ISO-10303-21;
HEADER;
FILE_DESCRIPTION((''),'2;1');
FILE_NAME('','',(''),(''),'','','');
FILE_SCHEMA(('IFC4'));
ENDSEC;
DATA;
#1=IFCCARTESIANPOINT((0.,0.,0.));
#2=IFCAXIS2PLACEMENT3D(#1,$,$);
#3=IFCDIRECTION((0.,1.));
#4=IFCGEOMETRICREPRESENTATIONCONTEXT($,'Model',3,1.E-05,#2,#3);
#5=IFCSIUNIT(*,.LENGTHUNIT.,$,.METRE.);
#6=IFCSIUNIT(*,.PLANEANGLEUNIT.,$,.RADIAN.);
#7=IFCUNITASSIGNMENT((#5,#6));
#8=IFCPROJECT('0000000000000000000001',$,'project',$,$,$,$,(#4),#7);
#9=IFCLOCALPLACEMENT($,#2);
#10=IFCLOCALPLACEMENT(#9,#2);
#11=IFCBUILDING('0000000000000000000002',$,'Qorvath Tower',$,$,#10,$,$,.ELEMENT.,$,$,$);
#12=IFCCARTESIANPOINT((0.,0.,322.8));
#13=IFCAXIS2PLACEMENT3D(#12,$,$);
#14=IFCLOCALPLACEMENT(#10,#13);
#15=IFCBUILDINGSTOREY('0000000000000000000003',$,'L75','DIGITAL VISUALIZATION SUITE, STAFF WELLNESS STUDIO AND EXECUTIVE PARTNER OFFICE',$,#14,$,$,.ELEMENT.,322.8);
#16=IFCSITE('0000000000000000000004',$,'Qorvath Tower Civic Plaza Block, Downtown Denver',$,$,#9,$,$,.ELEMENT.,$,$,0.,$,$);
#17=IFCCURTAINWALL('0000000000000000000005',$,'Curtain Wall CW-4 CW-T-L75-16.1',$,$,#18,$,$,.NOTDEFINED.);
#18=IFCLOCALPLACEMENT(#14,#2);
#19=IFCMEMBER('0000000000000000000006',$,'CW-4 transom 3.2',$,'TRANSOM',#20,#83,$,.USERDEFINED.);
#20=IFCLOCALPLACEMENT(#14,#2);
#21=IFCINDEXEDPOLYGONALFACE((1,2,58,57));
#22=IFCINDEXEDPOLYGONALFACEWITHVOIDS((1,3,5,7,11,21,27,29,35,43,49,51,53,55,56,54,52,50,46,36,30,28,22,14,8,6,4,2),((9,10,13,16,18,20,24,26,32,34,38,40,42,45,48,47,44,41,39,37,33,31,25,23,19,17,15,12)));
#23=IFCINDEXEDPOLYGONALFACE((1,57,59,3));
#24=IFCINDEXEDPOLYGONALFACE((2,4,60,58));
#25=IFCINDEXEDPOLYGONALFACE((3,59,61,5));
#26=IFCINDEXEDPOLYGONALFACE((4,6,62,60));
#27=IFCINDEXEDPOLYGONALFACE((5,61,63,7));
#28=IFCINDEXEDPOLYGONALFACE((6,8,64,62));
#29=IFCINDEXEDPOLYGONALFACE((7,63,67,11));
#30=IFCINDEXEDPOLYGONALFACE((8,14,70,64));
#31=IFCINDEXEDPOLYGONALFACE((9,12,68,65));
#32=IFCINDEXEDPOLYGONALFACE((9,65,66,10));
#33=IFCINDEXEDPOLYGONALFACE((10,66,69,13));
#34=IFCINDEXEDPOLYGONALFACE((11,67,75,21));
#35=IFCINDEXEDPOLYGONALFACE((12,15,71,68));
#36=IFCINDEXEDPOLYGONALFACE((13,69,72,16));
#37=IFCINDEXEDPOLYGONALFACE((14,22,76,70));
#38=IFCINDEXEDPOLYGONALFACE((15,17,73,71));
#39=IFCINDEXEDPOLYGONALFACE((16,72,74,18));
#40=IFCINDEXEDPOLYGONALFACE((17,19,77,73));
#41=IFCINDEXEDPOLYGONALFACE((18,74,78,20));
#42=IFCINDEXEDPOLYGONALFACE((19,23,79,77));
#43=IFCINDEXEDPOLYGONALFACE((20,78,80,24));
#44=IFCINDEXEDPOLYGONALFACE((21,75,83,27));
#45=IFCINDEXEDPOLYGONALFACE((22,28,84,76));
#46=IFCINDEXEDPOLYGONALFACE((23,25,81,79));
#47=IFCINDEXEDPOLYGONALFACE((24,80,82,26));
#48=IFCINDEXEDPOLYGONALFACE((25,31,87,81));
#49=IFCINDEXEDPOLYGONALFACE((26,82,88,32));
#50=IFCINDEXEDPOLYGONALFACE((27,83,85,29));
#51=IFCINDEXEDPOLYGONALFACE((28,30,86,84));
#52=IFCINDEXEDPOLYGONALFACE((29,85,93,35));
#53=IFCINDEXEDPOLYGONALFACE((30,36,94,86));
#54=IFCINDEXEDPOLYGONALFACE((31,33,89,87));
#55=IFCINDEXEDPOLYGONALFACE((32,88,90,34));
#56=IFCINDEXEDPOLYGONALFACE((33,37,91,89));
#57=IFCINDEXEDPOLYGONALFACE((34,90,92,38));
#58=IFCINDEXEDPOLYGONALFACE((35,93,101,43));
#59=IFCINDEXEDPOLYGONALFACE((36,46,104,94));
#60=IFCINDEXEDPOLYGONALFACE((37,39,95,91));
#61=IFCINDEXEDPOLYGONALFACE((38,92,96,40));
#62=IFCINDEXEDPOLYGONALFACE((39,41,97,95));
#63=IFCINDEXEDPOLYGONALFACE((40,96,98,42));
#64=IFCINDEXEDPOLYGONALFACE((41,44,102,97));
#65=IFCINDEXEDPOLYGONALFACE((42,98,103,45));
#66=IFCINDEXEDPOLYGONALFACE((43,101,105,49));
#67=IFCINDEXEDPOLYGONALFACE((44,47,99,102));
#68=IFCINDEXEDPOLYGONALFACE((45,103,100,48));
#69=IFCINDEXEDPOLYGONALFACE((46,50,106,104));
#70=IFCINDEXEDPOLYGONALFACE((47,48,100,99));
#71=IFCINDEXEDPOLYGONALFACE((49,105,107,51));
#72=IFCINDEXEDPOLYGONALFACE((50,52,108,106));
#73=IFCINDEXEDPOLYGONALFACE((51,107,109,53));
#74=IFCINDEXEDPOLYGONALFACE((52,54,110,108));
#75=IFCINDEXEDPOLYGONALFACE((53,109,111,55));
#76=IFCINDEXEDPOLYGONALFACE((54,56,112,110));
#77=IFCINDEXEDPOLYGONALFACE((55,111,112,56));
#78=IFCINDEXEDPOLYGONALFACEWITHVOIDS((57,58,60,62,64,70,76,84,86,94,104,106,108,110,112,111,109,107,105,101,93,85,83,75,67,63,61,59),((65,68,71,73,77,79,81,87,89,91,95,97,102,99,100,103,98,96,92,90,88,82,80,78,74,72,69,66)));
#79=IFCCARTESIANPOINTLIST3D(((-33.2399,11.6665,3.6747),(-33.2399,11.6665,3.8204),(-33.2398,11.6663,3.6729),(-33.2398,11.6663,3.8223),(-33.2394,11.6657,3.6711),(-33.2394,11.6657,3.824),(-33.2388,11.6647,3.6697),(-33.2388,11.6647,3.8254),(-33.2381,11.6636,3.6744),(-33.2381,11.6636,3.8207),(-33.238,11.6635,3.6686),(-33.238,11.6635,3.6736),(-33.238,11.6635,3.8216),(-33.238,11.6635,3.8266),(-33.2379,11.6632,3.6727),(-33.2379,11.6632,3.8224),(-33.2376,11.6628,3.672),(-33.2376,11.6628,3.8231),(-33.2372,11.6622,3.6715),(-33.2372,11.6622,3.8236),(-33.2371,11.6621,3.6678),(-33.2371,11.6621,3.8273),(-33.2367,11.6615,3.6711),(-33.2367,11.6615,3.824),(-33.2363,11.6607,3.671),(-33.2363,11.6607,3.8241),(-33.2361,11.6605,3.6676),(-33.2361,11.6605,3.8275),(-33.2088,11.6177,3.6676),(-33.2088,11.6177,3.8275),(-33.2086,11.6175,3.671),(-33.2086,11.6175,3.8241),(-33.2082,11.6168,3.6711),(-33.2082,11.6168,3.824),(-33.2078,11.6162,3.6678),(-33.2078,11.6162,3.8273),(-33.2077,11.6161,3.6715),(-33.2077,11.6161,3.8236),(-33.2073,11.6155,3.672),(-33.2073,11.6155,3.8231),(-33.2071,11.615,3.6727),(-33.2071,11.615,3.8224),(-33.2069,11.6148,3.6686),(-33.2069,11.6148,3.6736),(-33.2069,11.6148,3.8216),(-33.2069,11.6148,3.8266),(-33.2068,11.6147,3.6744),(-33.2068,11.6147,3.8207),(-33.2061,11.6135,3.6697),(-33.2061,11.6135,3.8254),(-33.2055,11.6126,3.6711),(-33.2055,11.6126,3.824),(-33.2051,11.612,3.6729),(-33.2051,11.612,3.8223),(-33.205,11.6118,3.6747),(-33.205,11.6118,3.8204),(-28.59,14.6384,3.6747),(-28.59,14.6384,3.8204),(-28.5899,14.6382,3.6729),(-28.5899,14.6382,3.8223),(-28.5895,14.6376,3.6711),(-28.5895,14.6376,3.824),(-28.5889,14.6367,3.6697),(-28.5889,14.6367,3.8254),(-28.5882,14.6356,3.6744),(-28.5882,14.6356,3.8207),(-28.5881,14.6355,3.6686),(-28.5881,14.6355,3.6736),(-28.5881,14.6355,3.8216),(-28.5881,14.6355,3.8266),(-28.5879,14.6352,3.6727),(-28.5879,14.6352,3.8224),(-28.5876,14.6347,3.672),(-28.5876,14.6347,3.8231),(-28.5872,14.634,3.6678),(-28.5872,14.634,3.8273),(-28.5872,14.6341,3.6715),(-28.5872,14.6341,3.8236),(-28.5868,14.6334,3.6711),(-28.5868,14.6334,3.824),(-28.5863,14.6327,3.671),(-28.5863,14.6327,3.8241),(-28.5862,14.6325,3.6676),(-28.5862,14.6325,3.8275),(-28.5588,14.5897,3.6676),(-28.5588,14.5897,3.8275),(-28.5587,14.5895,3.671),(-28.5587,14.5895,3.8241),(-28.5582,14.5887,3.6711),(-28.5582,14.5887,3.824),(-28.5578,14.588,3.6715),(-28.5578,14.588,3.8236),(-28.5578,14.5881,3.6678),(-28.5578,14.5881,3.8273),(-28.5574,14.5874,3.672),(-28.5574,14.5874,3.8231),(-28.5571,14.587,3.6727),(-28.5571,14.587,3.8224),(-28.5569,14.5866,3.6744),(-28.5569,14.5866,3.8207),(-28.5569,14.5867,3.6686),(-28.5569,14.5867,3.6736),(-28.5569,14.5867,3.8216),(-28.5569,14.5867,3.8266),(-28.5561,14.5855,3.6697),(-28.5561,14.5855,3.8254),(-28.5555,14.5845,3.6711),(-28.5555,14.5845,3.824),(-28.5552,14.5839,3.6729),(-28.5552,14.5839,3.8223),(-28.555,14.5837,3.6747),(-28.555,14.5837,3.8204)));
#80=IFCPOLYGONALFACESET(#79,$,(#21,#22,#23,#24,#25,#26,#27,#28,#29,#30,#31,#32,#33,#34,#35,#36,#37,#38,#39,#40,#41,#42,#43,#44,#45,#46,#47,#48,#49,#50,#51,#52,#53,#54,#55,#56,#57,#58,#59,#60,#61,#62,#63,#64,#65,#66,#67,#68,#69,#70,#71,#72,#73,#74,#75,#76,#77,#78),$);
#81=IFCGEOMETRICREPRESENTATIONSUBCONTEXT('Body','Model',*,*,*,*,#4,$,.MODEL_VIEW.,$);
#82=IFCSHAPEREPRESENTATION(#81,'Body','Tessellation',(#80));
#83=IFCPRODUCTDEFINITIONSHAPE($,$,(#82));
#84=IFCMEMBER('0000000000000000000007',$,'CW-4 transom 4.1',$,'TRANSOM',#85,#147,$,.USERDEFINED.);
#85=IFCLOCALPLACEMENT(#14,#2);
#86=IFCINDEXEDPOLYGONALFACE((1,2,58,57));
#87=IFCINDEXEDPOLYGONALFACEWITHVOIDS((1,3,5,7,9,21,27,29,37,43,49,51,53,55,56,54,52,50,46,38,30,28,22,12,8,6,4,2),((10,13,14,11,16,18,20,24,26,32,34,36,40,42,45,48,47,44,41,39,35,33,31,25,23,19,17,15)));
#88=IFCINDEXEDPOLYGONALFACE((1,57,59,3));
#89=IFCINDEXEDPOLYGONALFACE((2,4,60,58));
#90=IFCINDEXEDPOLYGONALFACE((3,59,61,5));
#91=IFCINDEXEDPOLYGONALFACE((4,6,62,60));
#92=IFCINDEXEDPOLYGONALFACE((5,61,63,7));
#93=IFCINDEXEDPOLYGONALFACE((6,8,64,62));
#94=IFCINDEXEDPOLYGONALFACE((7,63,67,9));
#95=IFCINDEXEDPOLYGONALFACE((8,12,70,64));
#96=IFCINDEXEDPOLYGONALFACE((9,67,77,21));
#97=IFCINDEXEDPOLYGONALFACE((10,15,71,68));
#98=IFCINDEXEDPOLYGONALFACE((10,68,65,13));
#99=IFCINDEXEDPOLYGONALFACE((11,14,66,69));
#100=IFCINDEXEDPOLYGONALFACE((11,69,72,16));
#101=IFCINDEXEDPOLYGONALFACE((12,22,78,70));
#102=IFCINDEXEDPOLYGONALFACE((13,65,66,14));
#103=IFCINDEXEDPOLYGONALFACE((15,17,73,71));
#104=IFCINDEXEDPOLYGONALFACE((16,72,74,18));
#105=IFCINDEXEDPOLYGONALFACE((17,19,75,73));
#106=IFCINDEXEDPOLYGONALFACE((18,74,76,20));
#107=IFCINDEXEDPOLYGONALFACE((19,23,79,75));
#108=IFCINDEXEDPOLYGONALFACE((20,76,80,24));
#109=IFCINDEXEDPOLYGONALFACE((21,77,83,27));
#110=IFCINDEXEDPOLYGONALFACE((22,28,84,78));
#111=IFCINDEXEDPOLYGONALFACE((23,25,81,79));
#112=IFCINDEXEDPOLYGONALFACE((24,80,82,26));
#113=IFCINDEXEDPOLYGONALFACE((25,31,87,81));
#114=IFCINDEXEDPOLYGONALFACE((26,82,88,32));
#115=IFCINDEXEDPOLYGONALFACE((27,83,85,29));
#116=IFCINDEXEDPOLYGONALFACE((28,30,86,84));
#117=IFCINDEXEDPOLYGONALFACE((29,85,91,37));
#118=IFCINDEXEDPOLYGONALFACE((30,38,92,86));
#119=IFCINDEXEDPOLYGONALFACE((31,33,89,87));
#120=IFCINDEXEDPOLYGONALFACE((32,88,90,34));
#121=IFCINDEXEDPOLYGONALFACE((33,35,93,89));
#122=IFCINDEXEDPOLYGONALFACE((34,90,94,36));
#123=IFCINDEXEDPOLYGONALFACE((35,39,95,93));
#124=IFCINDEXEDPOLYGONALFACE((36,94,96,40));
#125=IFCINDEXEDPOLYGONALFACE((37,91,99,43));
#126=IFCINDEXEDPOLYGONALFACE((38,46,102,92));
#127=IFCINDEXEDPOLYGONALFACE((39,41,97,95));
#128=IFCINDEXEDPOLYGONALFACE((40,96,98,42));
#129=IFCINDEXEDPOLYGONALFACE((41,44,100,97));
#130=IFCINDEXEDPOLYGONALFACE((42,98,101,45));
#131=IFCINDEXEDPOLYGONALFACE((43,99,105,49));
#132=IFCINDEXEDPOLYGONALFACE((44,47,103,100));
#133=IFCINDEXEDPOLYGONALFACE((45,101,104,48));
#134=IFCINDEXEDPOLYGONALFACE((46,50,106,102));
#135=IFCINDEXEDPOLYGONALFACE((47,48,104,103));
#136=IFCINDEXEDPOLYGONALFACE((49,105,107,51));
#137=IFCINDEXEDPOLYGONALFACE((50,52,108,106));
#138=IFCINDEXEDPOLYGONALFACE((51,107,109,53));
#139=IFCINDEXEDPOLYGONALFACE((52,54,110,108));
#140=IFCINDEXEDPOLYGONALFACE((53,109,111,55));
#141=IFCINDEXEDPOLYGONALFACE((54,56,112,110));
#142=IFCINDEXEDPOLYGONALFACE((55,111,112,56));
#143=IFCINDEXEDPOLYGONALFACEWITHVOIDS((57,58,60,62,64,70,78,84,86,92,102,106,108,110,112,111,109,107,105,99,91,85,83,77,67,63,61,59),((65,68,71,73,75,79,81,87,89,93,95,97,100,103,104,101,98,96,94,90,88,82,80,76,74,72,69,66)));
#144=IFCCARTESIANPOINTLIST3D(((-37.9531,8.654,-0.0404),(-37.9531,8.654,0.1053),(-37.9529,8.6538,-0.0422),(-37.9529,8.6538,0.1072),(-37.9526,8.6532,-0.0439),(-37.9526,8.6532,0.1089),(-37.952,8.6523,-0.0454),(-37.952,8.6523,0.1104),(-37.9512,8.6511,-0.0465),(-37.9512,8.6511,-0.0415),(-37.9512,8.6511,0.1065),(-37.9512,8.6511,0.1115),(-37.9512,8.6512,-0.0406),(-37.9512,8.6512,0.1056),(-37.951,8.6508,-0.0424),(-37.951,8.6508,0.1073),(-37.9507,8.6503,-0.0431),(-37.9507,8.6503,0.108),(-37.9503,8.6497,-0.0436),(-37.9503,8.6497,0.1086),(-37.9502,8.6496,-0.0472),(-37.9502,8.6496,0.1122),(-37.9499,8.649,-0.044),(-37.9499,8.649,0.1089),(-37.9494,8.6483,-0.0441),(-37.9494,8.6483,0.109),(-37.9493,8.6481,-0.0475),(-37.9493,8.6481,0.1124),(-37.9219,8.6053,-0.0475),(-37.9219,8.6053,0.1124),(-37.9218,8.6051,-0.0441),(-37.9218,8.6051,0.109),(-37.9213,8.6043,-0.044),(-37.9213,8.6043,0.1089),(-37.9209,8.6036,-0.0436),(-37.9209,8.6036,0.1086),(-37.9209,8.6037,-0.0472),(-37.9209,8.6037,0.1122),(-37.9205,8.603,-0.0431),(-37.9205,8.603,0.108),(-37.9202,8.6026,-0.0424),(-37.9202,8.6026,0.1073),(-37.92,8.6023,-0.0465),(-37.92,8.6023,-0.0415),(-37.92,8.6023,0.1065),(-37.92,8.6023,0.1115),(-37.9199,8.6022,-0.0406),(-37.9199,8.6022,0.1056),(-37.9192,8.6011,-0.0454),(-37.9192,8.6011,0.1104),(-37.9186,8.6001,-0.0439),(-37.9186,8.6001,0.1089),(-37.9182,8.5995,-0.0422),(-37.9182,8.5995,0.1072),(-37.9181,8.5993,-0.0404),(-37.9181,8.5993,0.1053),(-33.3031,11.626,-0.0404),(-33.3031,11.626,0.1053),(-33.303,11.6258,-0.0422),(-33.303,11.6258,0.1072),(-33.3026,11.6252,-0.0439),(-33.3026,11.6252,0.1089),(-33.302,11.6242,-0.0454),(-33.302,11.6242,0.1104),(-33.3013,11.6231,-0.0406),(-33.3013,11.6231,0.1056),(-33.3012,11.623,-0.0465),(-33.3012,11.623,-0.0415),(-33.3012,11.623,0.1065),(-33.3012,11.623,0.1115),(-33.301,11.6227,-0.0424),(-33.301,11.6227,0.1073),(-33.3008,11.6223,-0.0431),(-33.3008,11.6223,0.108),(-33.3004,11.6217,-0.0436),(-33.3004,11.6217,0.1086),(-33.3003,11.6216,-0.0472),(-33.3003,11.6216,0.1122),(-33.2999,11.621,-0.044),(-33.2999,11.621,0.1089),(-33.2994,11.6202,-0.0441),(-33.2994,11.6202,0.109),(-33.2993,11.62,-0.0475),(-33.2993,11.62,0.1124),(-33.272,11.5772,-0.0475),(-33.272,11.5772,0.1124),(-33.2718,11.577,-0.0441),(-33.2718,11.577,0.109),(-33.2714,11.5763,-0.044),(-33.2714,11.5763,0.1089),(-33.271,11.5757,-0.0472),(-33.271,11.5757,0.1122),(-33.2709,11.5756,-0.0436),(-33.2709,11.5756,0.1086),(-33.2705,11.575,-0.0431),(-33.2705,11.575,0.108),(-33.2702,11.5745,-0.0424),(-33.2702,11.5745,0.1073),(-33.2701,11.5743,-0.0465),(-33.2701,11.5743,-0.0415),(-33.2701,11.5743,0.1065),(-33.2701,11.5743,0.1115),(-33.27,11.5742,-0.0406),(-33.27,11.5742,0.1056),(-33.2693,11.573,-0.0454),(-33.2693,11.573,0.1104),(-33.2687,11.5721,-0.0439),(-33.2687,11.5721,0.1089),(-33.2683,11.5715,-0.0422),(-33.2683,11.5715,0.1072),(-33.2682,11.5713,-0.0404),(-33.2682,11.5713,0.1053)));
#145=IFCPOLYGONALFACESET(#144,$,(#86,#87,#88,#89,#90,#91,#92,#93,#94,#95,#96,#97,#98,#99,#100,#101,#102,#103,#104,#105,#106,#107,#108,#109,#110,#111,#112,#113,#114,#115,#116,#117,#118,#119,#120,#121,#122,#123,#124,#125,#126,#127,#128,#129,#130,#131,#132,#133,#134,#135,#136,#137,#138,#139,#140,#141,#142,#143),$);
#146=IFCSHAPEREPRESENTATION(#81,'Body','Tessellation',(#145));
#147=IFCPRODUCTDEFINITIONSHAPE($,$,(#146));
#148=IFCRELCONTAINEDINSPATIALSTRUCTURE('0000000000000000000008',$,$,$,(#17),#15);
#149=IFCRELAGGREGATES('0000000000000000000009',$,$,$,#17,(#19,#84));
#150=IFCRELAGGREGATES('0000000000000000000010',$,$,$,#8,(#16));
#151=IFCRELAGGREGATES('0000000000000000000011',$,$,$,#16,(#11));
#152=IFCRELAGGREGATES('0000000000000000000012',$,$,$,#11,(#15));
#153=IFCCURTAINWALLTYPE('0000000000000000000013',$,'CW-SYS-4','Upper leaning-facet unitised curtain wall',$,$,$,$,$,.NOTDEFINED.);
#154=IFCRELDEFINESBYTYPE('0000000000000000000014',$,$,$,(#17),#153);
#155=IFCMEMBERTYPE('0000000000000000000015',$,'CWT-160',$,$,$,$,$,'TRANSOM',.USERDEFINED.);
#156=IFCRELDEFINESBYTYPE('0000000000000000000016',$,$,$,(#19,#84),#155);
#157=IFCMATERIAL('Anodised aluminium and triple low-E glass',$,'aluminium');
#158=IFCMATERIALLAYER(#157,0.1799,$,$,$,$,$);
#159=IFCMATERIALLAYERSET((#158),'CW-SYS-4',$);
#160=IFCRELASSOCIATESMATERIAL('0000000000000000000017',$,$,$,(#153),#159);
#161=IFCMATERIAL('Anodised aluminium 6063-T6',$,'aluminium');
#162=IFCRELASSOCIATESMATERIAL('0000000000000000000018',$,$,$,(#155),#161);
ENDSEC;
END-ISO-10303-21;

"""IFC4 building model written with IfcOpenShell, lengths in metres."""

from ifc_helpers import new_model, si_unit, direction, frame, origin, origin_2d, place, context, subcontext, project, spatial, hollow_rectangle, extrude, material, layer, layer_set, material_profile, profile_set, type_object, element, aggregate, save


model = new_model("IFC4")

# Units and contexts
model_context = context("Model", 3, precision=1e-05, world=origin(), true_north=direction((0.0, 1.0)))
body_context = subcontext(model_context, "Body", "Model", "MODEL_VIEW")
ifc_project = project(units=[si_unit("LENGTHUNIT", "METRE"), si_unit("PLANEANGLEUNIT", "RADIAN")], contexts=[model_context])

# Site, building, storey
site_placement = place(None, origin())
site = spatial("IfcSite", under=ifc_project, at=site_placement, Name="Qorvath Tower Civic Plaza Block, Downtown Denver", CompositionType="ELEMENT", RefElevation=0.0)
building_placement = place(site_placement, origin())
building = spatial("IfcBuilding", under=site, at=building_placement, Name="Qorvath Tower", CompositionType="ELEMENT")
storey_placement = place(building_placement, frame((0.0, 0.0, 322.8)))
storey = spatial("IfcBuildingStorey", under=building, at=storey_placement, Name="L75", Description="DIGITAL VISUALIZATION SUITE, STAFF WELLNESS STUDIO AND EXECUTIVE PARTNER OFFICE", CompositionType="ELEMENT", Elevation=322.8)

# Curtain wall, members
ifc_material_1 = material(Name="Anodised aluminium and triple low-E glass", Category="aluminium")
ifc_layer_1 = layer(ifc_material_1, 0.1799)
ifc_layer_set_1 = layer_set([ifc_layer_1], Name="CW-SYS-4")
curtain_wall_type = type_object("IfcCurtainWallType", Name="CW-SYS-4", Description="Upper leaning-facet unitised curtain wall", PredefinedType="NOTDEFINED", material=ifc_layer_set_1)
curtain_wall_placement = place(storey_placement, origin())
curtain_wall = element("IfcCurtainWall", 1, at=curtain_wall_placement, inside=storey, type_object=curtain_wall_type, Name="Curtain Wall CW-4 CW-T-L75-16.1", PredefinedType="NOTDEFINED")
ifc_material_2 = material(Name="Anodised aluminium 6063-T6", Category="aluminium")
ifc_material_profile_1 = material_profile(ifc_material_2, hollow_rectangle(XDim=0.0649, YDim=0.1599, WallThickness=0.0034, InnerFilletRadius=0.0034, OuterFilletRadius=0.0071, at=origin_2d()), Name="CWT 160x65")
ifc_profile_set_1 = profile_set([ifc_material_profile_1], Name="Anodised aluminium 6063-T6")
member_type_1 = type_object("IfcMemberType", Name="CWT-160", ElementType="TRANSOM", PredefinedType="USERDEFINED", material=ifc_profile_set_1)
member_1_placement = place(storey_placement, frame((-28.5725, 14.6111, 3.7476), z_axis=(-0.842601, -0.538538, 0.0), x_axis=(0.538538, -0.842601, 0.0)))
member_1 = element("IfcMember", 2, at=member_1_placement, type_object=member_type_1, Name="CW-4 transom 3.2", ObjectType="TRANSOM", PredefinedType="USERDEFINED", context=body_context, shape_type="SweptSolid", body=[
    extrude(hollow_rectangle(XDim=0.0649, YDim=0.1599, WallThickness=0.0034, InnerFilletRadius=0.0034, OuterFilletRadius=0.0071, at=origin_2d()), origin(), (0.0, 0.0, 1.0), 5.5186),
])
member_2_placement = place(storey_placement, frame((-33.2856, 11.5986, 0.0325), z_axis=(-0.842601, -0.538538, 0.0), x_axis=(0.538538, -0.842601, 0.0)))
member_2 = element("IfcMember", 3, at=member_2_placement, type_object=member_type_1, Name="CW-4 transom 4.1", ObjectType="TRANSOM", PredefinedType="USERDEFINED", context=body_context, shape_type="SweptSolid", body=[
    extrude(hollow_rectangle(XDim=0.0649, YDim=0.1599, WallThickness=0.0034, InnerFilletRadius=0.0034, OuterFilletRadius=0.0071, at=origin_2d()), origin(), (0.0, 0.0, 1.0), 5.5186),
])
aggregate(curtain_wall, [member_1, member_2])

save(model, "model.ifc")
